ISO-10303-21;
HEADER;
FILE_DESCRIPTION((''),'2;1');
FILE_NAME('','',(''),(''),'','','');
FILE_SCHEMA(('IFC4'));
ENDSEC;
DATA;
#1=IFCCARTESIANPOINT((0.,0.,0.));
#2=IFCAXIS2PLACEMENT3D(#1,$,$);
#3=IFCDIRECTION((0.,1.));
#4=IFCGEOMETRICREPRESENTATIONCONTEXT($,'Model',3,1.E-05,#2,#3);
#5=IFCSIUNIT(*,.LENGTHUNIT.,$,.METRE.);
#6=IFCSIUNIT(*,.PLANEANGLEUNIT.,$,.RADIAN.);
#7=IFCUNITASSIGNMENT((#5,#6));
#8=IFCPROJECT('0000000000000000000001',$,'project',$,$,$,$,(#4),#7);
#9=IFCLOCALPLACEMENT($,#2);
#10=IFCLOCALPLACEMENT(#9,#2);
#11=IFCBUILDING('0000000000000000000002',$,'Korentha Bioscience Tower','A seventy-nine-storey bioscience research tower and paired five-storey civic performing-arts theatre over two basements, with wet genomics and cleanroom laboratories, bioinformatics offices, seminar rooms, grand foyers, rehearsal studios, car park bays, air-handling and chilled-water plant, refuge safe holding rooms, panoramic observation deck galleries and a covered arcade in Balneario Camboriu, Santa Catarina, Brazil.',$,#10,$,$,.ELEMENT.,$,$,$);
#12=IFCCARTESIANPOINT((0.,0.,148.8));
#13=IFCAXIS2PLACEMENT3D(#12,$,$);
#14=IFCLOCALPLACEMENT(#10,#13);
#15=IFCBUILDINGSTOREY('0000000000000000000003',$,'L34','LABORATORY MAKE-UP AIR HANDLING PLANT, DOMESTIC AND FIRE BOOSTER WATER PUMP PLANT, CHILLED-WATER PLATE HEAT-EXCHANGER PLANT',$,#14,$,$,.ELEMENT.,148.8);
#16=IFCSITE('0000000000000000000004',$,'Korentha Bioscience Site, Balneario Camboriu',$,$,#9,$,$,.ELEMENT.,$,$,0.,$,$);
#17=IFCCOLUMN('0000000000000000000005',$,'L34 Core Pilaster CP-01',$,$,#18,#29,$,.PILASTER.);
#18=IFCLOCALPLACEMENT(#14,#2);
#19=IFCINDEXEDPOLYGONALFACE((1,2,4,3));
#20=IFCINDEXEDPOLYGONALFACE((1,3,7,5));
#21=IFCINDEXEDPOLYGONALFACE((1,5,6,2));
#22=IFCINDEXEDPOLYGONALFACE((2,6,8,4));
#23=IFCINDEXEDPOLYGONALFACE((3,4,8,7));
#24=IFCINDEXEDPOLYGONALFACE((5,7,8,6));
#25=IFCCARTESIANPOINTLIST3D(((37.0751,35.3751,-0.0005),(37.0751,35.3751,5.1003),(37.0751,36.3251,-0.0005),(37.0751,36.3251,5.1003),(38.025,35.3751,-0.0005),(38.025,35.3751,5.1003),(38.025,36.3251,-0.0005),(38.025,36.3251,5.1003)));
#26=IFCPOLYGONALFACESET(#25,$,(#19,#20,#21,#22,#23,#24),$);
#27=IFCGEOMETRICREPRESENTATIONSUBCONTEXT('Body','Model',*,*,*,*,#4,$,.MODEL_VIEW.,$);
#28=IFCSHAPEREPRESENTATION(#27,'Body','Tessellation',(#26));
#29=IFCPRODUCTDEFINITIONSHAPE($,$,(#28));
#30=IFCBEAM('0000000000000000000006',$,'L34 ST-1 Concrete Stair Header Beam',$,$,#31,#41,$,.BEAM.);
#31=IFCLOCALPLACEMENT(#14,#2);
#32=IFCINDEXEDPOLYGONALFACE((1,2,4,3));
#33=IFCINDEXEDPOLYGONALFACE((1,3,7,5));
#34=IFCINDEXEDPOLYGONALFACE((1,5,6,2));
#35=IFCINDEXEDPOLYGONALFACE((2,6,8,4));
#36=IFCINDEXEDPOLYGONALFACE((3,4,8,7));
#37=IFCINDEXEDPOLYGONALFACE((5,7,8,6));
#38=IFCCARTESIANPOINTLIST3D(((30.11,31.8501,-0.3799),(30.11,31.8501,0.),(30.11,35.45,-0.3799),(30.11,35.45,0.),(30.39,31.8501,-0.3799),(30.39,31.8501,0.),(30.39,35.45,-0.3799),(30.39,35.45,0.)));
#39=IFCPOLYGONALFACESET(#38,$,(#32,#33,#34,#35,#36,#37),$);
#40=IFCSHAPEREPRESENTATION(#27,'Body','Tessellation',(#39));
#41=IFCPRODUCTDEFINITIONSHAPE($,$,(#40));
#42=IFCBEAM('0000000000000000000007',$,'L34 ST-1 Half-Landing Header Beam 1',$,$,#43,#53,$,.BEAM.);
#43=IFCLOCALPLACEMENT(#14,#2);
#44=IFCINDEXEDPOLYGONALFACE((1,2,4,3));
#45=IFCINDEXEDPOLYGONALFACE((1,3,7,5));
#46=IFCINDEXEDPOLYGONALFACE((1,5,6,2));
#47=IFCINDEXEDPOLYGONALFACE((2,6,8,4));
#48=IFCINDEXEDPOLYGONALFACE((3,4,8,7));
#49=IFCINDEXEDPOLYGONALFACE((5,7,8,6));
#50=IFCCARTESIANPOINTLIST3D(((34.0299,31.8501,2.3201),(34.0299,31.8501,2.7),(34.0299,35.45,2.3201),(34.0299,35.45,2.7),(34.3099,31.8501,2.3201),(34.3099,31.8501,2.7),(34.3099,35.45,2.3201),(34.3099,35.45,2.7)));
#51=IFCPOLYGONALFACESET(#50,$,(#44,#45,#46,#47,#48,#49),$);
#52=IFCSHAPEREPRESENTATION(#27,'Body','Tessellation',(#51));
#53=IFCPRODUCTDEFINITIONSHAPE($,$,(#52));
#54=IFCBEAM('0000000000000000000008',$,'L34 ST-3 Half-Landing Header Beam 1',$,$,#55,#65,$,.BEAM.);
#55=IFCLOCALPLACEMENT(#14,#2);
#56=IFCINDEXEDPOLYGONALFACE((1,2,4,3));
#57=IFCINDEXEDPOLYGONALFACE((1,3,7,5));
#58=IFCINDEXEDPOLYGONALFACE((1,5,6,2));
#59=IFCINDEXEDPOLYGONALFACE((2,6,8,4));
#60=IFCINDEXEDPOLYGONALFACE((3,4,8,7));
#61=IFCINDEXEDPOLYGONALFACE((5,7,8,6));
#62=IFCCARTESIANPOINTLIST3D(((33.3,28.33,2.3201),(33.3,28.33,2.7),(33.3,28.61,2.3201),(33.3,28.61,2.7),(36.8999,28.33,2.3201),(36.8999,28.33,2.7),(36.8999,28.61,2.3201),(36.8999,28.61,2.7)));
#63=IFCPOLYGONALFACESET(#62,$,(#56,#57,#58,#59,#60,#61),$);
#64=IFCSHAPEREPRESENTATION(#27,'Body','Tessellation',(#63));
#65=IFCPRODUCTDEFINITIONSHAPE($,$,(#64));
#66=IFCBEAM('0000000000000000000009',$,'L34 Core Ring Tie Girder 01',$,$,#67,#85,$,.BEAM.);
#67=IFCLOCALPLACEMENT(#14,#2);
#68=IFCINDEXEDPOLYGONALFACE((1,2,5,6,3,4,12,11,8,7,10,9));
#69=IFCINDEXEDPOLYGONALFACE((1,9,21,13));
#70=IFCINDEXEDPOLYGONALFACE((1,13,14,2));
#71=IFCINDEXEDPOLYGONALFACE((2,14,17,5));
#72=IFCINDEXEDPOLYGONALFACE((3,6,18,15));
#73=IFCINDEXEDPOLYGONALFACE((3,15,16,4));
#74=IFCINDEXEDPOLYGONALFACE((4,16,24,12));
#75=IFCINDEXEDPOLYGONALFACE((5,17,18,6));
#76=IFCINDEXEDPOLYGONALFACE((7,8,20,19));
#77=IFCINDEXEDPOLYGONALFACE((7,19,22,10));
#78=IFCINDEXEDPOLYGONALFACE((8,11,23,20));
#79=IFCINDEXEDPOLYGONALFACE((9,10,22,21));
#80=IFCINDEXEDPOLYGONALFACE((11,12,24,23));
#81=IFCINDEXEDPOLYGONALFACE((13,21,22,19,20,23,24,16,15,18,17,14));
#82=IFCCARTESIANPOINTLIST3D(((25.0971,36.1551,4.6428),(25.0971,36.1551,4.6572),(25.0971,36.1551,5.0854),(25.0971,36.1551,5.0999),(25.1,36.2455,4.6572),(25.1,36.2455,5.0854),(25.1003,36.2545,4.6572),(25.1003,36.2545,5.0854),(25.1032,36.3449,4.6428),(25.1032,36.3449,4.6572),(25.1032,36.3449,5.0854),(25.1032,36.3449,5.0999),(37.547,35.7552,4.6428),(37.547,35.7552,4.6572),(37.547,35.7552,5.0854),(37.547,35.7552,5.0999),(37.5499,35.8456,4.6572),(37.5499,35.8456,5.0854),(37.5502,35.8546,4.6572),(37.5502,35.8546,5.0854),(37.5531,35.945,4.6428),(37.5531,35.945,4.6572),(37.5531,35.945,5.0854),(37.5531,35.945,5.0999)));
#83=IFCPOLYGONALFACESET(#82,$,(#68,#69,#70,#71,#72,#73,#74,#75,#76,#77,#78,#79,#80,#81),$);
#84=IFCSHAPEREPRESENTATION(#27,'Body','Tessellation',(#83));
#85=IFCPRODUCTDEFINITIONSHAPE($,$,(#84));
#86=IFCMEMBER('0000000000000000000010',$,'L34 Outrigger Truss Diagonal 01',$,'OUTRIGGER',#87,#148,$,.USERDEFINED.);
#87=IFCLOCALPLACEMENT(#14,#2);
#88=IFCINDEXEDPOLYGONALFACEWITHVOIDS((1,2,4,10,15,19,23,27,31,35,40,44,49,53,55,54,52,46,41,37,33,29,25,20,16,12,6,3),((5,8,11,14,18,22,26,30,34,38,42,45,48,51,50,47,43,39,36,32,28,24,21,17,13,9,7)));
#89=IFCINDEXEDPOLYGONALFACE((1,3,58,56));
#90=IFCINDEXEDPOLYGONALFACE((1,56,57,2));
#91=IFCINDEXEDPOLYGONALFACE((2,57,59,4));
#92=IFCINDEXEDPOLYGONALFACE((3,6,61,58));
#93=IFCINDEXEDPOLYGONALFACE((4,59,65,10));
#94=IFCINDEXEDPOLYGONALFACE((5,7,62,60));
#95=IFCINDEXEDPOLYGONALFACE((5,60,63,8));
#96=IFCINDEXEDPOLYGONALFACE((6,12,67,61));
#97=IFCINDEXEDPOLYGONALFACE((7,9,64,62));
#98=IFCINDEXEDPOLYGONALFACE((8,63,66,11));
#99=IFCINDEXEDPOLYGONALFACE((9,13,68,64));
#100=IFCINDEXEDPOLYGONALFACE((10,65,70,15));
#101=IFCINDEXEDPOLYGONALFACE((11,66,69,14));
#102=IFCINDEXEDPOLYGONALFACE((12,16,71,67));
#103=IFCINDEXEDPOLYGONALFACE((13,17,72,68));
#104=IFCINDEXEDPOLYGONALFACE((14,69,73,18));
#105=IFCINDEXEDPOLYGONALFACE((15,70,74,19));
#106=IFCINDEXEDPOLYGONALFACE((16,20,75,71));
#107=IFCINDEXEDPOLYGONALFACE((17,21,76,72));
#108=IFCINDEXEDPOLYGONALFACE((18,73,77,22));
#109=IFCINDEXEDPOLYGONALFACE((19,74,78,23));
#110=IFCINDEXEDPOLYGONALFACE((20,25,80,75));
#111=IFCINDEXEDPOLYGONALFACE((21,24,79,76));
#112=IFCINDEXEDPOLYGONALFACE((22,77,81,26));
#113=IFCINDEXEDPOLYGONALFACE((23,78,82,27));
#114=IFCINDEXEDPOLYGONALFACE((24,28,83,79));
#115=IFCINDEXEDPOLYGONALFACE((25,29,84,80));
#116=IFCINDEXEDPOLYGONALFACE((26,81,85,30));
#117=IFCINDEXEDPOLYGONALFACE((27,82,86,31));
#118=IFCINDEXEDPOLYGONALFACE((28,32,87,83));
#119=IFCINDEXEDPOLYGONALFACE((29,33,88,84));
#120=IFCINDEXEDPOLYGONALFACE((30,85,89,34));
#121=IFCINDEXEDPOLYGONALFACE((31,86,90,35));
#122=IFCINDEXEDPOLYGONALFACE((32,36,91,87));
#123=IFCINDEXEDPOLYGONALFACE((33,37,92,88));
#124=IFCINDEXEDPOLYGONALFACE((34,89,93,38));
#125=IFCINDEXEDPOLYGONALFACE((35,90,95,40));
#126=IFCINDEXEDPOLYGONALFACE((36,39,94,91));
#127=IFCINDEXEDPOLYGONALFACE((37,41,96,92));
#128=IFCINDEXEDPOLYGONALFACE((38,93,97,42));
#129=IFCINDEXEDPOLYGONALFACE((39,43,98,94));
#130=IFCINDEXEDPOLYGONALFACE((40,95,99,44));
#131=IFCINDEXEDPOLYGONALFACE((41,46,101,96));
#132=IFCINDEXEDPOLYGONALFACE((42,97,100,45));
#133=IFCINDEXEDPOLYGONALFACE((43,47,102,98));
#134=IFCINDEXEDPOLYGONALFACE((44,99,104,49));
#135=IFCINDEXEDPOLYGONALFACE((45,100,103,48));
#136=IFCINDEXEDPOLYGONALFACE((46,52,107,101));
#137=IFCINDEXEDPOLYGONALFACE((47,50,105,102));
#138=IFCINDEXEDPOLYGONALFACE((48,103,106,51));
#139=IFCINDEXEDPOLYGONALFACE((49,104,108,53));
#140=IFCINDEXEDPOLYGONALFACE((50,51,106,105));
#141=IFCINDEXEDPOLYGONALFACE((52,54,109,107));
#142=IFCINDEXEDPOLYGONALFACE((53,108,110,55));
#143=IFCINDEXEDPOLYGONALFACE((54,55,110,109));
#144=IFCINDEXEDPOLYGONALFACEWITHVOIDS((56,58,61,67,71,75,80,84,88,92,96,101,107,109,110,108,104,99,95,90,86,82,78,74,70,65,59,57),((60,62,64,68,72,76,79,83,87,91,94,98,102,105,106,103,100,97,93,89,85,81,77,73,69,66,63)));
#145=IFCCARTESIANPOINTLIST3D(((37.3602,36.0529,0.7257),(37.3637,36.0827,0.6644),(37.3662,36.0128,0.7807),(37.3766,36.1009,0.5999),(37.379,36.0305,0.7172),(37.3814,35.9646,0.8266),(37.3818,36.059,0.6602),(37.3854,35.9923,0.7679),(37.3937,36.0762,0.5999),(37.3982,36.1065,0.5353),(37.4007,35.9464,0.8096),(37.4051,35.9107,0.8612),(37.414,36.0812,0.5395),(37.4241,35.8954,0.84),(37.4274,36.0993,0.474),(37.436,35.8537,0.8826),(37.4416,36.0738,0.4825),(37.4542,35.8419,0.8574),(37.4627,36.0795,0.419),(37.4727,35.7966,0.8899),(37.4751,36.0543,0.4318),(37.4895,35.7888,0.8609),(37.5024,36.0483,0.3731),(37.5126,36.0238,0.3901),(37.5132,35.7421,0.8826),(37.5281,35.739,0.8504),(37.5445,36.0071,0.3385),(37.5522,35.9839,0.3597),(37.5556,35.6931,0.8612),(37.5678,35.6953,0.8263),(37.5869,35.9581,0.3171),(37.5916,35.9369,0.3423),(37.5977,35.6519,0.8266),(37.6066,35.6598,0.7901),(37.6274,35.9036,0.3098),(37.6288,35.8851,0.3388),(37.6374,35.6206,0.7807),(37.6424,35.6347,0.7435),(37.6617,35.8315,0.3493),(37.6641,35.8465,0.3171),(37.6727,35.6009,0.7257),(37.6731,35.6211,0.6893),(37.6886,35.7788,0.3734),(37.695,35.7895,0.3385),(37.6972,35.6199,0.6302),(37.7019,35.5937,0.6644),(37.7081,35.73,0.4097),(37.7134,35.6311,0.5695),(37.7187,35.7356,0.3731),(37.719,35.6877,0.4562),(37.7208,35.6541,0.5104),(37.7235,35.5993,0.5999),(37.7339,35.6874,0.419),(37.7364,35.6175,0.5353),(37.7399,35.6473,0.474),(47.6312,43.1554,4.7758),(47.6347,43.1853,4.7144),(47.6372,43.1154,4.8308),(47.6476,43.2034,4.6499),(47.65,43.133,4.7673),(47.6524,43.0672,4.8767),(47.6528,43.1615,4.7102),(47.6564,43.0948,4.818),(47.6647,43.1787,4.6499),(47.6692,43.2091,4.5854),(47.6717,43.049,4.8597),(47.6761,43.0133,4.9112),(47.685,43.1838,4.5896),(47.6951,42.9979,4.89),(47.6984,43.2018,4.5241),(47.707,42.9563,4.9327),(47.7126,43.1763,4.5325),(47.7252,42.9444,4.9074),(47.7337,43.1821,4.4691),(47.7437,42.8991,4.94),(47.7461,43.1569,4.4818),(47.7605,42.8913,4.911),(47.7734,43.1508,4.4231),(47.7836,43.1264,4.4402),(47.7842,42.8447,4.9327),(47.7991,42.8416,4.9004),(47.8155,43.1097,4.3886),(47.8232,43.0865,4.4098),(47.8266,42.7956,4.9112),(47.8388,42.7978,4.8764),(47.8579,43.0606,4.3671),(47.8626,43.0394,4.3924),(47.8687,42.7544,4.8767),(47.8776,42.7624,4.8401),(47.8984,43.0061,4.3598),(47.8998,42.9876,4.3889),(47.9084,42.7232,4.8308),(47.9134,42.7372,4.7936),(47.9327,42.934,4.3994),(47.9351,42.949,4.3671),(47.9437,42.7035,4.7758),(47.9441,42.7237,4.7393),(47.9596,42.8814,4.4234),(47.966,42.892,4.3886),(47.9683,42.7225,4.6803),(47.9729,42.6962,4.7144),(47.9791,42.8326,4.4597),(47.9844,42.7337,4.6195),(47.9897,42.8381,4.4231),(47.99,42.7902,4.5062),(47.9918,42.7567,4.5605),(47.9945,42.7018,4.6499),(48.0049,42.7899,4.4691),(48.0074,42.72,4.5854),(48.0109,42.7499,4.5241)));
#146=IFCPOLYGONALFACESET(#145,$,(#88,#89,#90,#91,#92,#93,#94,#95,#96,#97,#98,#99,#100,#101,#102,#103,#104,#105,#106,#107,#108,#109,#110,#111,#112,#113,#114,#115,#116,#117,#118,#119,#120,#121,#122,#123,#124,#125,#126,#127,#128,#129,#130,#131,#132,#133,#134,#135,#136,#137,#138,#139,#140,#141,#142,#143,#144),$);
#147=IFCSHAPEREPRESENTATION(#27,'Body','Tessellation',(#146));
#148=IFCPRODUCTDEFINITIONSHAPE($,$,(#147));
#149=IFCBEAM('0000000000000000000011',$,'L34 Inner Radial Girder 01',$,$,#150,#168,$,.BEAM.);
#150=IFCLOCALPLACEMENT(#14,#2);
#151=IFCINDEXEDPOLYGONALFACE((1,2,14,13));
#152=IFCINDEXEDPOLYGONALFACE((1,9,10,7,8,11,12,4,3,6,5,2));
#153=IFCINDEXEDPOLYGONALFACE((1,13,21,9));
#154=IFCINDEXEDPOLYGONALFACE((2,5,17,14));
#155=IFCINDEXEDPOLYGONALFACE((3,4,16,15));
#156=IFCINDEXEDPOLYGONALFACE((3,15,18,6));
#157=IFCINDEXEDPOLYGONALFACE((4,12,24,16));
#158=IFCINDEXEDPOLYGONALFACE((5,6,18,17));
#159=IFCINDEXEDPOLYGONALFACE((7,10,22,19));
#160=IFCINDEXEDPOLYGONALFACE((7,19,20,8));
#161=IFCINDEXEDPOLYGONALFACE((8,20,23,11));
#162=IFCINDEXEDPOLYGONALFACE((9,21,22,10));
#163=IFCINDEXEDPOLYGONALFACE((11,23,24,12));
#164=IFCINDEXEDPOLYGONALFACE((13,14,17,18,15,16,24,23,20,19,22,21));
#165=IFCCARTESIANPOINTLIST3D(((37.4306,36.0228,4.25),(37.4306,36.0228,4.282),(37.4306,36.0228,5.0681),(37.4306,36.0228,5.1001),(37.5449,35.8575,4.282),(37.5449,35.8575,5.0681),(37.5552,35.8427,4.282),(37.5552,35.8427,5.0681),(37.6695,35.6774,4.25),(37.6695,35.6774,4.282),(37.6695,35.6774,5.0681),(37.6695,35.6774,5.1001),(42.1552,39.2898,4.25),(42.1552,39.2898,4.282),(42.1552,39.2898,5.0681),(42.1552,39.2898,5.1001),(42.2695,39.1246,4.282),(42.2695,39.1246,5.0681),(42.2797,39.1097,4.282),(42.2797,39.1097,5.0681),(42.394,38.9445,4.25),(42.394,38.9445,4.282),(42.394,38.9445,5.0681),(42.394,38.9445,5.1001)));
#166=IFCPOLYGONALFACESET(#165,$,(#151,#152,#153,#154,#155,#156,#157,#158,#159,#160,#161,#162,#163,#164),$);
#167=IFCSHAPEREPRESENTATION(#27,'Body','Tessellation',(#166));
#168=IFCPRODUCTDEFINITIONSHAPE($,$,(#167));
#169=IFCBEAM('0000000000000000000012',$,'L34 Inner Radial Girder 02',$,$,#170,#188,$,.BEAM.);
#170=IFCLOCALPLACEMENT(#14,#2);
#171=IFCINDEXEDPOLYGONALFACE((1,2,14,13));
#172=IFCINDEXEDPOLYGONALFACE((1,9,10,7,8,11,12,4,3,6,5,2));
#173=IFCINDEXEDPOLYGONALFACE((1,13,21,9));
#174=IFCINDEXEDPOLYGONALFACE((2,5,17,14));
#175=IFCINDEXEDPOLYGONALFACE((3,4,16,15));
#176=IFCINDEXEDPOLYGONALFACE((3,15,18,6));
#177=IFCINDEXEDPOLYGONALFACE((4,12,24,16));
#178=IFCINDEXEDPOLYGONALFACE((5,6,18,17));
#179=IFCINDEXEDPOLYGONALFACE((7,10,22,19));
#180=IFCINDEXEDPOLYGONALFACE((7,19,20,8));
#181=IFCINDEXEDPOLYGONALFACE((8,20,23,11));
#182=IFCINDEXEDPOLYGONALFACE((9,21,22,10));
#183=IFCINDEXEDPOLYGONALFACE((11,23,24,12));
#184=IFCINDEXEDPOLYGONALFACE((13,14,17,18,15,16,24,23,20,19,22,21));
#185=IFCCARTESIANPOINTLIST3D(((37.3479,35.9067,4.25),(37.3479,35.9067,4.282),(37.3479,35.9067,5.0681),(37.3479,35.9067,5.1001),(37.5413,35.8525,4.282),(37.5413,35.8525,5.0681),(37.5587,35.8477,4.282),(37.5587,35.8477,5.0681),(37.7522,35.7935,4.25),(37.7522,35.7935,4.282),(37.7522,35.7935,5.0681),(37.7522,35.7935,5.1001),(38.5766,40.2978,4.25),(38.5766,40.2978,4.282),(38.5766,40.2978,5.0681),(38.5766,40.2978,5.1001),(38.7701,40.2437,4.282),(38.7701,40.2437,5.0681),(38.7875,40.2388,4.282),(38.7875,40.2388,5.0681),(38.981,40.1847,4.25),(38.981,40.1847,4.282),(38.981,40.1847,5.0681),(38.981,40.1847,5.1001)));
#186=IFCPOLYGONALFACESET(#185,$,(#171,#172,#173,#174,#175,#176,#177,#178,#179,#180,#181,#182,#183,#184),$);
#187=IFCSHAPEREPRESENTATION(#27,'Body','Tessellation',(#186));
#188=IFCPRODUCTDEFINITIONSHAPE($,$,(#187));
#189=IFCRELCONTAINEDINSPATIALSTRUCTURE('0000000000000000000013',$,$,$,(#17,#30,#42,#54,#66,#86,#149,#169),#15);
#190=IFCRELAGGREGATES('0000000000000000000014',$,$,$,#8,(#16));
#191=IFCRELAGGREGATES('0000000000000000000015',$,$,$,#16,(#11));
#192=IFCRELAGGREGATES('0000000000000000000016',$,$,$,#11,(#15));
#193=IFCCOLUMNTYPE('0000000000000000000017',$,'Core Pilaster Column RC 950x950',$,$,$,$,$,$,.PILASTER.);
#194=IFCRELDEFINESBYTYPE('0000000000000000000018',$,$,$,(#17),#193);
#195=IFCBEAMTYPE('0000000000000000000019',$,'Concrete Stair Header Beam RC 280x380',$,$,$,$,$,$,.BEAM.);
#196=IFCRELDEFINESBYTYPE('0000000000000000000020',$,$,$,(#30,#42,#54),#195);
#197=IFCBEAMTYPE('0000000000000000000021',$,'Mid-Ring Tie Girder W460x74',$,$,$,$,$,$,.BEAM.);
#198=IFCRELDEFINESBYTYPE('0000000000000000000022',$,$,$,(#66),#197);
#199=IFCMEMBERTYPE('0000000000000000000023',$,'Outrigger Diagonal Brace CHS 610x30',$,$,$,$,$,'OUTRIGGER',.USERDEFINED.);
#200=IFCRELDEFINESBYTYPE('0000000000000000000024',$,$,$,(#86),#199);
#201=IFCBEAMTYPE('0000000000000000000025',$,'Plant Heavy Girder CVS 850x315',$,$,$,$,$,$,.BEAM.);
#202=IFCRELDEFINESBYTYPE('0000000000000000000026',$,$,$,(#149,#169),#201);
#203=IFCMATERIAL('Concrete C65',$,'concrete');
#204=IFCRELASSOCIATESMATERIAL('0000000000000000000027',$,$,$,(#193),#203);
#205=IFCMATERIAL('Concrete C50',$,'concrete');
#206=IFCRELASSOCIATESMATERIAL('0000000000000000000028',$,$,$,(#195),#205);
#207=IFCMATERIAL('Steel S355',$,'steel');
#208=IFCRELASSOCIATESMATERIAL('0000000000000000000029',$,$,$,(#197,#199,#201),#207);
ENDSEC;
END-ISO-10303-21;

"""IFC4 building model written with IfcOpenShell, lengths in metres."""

from ifc_helpers import new_model, si_unit, direction, frame, origin, origin_2d, place, context, subcontext, project, spatial, rectangle, hollow_circle, i_section, extrude, material, material_profile, profile_set, type_object, element, save


model = new_model("IFC4")

# Units and contexts
model_context = context("Model", 3, precision=1e-05, world=origin(), true_north=direction((0.0, 1.0)))
body_context = subcontext(model_context, "Body", "Model", "MODEL_VIEW")
ifc_project = project(units=[si_unit("LENGTHUNIT", "METRE"), si_unit("PLANEANGLEUNIT", "RADIAN")], contexts=[model_context])

# Site, building, storey
site_placement = place(None, origin())
site = spatial("IfcSite", under=ifc_project, at=site_placement, Name="Korentha Bioscience Site, Balneario Camboriu", CompositionType="ELEMENT", RefElevation=0.0)
building_placement = place(site_placement, origin())
building = spatial("IfcBuilding", under=site, at=building_placement, Name="Korentha Bioscience Tower", Description="A seventy-nine-storey bioscience research tower and paired five-storey civic performing-arts theatre over two basements, with wet genomics and cleanroom laboratories, bioinformatics offices, seminar rooms, grand foyers, rehearsal studios, car park bays, air-handling and chilled-water plant, refuge safe holding rooms, panoramic observation deck galleries and a covered arcade in Balneario Camboriu, Santa Catarina, Brazil.", CompositionType="ELEMENT")
storey_placement = place(building_placement, frame((0.0, 0.0, 148.8)))
storey = spatial("IfcBuildingStorey", under=building, at=storey_placement, Name="L34", Description="LABORATORY MAKE-UP AIR HANDLING PLANT, DOMESTIC AND FIRE BOOSTER WATER PUMP PLANT, CHILLED-WATER PLATE HEAT-EXCHANGER PLANT", CompositionType="ELEMENT", Elevation=148.8)

# Column
ifc_material_1 = material(Name="Concrete C65", Category="concrete")
ifc_material_profile_1 = material_profile(ifc_material_1, rectangle(XDim=0.95, YDim=0.95, at=origin_2d()), Name="Concrete C65")
ifc_profile_set_1 = profile_set([ifc_material_profile_1], Name="Concrete C65 (COL-CP09)")
column_type = type_object("IfcColumnType", Name="Core Pilaster Column RC 950x950", PredefinedType="PILASTER", material=ifc_profile_set_1)
column_placement = place(storey_placement, frame((37.55, 35.8501, -0.0005), z_axis=(0.0, 0.0, 1.0), x_axis=(1.0, 0.0, 0.0)))
element("IfcColumn", 1, at=column_placement, inside=storey, type_object=column_type, Name="L34 Core Pilaster CP-01", PredefinedType="PILASTER", context=body_context, shape_type="SweptSolid", body=[
    extrude(rectangle(XDim=0.95, YDim=0.95, at=origin_2d()), origin(), (0.0, 0.0, 1.0), 5.1008),
])

# Beams
ifc_material_2 = material(Name="Concrete C50", Category="concrete")
ifc_material_profile_2 = material_profile(ifc_material_2, rectangle(XDim=0.28, YDim=0.3799, at=origin_2d()), Name="Concrete C50")
ifc_profile_set_2 = profile_set([ifc_material_profile_2], Name="Concrete C50 (ST-HB380)")
beam_type_1 = type_object("IfcBeamType", Name="Concrete Stair Header Beam RC 280x380", PredefinedType="BEAM", material=ifc_profile_set_2)
for number, where, z_axis, x_axis, name in (
    (2, (30.25, 31.8501, -0.1899), (0.0, 1.0, 0.0), (-1.0, 0.0, 0.0), "L34 ST-1 Concrete Stair Header Beam"),
    (3, (34.1699, 31.8501, 2.51), (0.0, 1.0, 0.0), (-1.0, 0.0, 0.0), "L34 ST-1 Half-Landing Header Beam 1"),
    (4, (36.8999, 28.47, 2.51), (-1.0, 0.0, 0.0), (0.0, -1.0, 0.0), "L34 ST-3 Half-Landing Header Beam 1"),
):
    element("IfcBeam", number, at=place(storey_placement, frame(where, z_axis=z_axis, x_axis=x_axis)), inside=storey, type_object=beam_type_1, Name=name, PredefinedType="BEAM", context=body_context, shape_type="SweptSolid", body=[
        extrude(rectangle(XDim=0.28, YDim=0.3799, at=origin_2d()), origin(), (0.0, 0.0, 1.0), 3.5999),
    ])
ifc_material_3 = material(Name="Steel S355", Category="steel")
ifc_material_profile_3 = material_profile(ifc_material_3, i_section(OverallWidth=0.1899, OverallDepth=0.457, WebThickness=0.009, FlangeThickness=0.0144, at=origin_2d()), Name="Steel S355")
ifc_profile_set_3 = profile_set([ifc_material_profile_3], Name="Steel S355 (MB-460)")
beam_type_2 = type_object("IfcBeamType", Name="Mid-Ring Tie Girder W460x74", PredefinedType="BEAM", material=ifc_profile_set_3)
beam_1_placement = place(storey_placement, frame((37.55, 35.8501, 4.8713), z_axis=(-0.999485, 0.032104, 0.0), x_axis=(-0.032104, -0.999485, 0.0)))
element("IfcBeam", 5, at=beam_1_placement, inside=storey, type_object=beam_type_2, Name="L34 Core Ring Tie Girder 01", PredefinedType="BEAM", context=body_context, shape_type="SweptSolid", body=[
    extrude(i_section(OverallWidth=0.1899, OverallDepth=0.457, WebThickness=0.009, FlangeThickness=0.0144, at=origin_2d()), origin(), (0.0, 0.0, 1.0), 12.4563),
])

# Member
ifc_material_profile_4 = material_profile(ifc_material_3, hollow_circle(Radius=0.3049, WallThickness=0.03, at=origin_2d()), Name="Steel S355")
ifc_profile_set_4 = profile_set([ifc_material_profile_4], Name="Steel S355 (OU-610)")
member_type = type_object("IfcMemberType", Name="Outrigger Diagonal Brace CHS 610x30", ElementType="OUTRIGGER", PredefinedType="USERDEFINED", material=ifc_profile_set_4)
member_placement = place(storey_placement, frame((37.55, 35.8501, 0.5999), z_axis=(0.782378, 0.541025, 0.308506), x_axis=(-0.568769, 0.822498, 0.0)))
element("IfcMember", 6, at=member_placement, inside=storey, type_object=member_type, Name="L34 Outrigger Truss Diagonal 01", ObjectType="OUTRIGGER", PredefinedType="USERDEFINED", context=body_context, shape_type="SweptSolid", body=[
    extrude(hollow_circle(Radius=0.3049, WallThickness=0.03, at=origin_2d()), origin(), (0.0, 0.0, 1.0), 13.1279),
])

# Beams
ifc_material_profile_5 = material_profile(ifc_material_3, i_section(OverallWidth=0.4199, OverallDepth=0.8501, WebThickness=0.0181, FlangeThickness=0.032, at=origin_2d()), Name="Steel S355")
ifc_profile_set_5 = profile_set([ifc_material_profile_5], Name="Steel S355 (MB-850)")
beam_type_3 = type_object("IfcBeamType", Name="Plant Heavy Girder CVS 850x315", PredefinedType="BEAM", material=ifc_profile_set_5)
beam_2_placement = place(storey_placement, frame((37.55, 35.8501, 4.675), z_axis=(0.822501, 0.568763, 0.0), x_axis=(-0.568763, 0.822501, 0.0)))
element("IfcBeam", 7, at=beam_2_placement, inside=storey, type_object=beam_type_3, Name="L34 Inner Radial Girder 01", PredefinedType="BEAM", context=body_context, shape_type="SweptSolid", body=[
    extrude(i_section(OverallWidth=0.4199, OverallDepth=0.8501, WebThickness=0.0181, FlangeThickness=0.032, at=origin_2d()), origin(), (0.0, 0.0, 1.0), 5.7441),
])
beam_3_placement = place(storey_placement, frame((37.55, 35.8501, 4.675), z_axis=(0.269477, 0.963007, 0.0), x_axis=(-0.963007, 0.269477, 0.0)))
element("IfcBeam", 8, at=beam_3_placement, inside=storey, type_object=beam_type_3, Name="L34 Inner Radial Girder 02", PredefinedType="BEAM", context=body_context, shape_type="SweptSolid", body=[
    extrude(i_section(OverallWidth=0.4199, OverallDepth=0.8501, WebThickness=0.0181, FlangeThickness=0.032, at=origin_2d()), origin(), (0.0, 0.0, 1.0), 4.5598),
])

save(model, "model.ifc")
